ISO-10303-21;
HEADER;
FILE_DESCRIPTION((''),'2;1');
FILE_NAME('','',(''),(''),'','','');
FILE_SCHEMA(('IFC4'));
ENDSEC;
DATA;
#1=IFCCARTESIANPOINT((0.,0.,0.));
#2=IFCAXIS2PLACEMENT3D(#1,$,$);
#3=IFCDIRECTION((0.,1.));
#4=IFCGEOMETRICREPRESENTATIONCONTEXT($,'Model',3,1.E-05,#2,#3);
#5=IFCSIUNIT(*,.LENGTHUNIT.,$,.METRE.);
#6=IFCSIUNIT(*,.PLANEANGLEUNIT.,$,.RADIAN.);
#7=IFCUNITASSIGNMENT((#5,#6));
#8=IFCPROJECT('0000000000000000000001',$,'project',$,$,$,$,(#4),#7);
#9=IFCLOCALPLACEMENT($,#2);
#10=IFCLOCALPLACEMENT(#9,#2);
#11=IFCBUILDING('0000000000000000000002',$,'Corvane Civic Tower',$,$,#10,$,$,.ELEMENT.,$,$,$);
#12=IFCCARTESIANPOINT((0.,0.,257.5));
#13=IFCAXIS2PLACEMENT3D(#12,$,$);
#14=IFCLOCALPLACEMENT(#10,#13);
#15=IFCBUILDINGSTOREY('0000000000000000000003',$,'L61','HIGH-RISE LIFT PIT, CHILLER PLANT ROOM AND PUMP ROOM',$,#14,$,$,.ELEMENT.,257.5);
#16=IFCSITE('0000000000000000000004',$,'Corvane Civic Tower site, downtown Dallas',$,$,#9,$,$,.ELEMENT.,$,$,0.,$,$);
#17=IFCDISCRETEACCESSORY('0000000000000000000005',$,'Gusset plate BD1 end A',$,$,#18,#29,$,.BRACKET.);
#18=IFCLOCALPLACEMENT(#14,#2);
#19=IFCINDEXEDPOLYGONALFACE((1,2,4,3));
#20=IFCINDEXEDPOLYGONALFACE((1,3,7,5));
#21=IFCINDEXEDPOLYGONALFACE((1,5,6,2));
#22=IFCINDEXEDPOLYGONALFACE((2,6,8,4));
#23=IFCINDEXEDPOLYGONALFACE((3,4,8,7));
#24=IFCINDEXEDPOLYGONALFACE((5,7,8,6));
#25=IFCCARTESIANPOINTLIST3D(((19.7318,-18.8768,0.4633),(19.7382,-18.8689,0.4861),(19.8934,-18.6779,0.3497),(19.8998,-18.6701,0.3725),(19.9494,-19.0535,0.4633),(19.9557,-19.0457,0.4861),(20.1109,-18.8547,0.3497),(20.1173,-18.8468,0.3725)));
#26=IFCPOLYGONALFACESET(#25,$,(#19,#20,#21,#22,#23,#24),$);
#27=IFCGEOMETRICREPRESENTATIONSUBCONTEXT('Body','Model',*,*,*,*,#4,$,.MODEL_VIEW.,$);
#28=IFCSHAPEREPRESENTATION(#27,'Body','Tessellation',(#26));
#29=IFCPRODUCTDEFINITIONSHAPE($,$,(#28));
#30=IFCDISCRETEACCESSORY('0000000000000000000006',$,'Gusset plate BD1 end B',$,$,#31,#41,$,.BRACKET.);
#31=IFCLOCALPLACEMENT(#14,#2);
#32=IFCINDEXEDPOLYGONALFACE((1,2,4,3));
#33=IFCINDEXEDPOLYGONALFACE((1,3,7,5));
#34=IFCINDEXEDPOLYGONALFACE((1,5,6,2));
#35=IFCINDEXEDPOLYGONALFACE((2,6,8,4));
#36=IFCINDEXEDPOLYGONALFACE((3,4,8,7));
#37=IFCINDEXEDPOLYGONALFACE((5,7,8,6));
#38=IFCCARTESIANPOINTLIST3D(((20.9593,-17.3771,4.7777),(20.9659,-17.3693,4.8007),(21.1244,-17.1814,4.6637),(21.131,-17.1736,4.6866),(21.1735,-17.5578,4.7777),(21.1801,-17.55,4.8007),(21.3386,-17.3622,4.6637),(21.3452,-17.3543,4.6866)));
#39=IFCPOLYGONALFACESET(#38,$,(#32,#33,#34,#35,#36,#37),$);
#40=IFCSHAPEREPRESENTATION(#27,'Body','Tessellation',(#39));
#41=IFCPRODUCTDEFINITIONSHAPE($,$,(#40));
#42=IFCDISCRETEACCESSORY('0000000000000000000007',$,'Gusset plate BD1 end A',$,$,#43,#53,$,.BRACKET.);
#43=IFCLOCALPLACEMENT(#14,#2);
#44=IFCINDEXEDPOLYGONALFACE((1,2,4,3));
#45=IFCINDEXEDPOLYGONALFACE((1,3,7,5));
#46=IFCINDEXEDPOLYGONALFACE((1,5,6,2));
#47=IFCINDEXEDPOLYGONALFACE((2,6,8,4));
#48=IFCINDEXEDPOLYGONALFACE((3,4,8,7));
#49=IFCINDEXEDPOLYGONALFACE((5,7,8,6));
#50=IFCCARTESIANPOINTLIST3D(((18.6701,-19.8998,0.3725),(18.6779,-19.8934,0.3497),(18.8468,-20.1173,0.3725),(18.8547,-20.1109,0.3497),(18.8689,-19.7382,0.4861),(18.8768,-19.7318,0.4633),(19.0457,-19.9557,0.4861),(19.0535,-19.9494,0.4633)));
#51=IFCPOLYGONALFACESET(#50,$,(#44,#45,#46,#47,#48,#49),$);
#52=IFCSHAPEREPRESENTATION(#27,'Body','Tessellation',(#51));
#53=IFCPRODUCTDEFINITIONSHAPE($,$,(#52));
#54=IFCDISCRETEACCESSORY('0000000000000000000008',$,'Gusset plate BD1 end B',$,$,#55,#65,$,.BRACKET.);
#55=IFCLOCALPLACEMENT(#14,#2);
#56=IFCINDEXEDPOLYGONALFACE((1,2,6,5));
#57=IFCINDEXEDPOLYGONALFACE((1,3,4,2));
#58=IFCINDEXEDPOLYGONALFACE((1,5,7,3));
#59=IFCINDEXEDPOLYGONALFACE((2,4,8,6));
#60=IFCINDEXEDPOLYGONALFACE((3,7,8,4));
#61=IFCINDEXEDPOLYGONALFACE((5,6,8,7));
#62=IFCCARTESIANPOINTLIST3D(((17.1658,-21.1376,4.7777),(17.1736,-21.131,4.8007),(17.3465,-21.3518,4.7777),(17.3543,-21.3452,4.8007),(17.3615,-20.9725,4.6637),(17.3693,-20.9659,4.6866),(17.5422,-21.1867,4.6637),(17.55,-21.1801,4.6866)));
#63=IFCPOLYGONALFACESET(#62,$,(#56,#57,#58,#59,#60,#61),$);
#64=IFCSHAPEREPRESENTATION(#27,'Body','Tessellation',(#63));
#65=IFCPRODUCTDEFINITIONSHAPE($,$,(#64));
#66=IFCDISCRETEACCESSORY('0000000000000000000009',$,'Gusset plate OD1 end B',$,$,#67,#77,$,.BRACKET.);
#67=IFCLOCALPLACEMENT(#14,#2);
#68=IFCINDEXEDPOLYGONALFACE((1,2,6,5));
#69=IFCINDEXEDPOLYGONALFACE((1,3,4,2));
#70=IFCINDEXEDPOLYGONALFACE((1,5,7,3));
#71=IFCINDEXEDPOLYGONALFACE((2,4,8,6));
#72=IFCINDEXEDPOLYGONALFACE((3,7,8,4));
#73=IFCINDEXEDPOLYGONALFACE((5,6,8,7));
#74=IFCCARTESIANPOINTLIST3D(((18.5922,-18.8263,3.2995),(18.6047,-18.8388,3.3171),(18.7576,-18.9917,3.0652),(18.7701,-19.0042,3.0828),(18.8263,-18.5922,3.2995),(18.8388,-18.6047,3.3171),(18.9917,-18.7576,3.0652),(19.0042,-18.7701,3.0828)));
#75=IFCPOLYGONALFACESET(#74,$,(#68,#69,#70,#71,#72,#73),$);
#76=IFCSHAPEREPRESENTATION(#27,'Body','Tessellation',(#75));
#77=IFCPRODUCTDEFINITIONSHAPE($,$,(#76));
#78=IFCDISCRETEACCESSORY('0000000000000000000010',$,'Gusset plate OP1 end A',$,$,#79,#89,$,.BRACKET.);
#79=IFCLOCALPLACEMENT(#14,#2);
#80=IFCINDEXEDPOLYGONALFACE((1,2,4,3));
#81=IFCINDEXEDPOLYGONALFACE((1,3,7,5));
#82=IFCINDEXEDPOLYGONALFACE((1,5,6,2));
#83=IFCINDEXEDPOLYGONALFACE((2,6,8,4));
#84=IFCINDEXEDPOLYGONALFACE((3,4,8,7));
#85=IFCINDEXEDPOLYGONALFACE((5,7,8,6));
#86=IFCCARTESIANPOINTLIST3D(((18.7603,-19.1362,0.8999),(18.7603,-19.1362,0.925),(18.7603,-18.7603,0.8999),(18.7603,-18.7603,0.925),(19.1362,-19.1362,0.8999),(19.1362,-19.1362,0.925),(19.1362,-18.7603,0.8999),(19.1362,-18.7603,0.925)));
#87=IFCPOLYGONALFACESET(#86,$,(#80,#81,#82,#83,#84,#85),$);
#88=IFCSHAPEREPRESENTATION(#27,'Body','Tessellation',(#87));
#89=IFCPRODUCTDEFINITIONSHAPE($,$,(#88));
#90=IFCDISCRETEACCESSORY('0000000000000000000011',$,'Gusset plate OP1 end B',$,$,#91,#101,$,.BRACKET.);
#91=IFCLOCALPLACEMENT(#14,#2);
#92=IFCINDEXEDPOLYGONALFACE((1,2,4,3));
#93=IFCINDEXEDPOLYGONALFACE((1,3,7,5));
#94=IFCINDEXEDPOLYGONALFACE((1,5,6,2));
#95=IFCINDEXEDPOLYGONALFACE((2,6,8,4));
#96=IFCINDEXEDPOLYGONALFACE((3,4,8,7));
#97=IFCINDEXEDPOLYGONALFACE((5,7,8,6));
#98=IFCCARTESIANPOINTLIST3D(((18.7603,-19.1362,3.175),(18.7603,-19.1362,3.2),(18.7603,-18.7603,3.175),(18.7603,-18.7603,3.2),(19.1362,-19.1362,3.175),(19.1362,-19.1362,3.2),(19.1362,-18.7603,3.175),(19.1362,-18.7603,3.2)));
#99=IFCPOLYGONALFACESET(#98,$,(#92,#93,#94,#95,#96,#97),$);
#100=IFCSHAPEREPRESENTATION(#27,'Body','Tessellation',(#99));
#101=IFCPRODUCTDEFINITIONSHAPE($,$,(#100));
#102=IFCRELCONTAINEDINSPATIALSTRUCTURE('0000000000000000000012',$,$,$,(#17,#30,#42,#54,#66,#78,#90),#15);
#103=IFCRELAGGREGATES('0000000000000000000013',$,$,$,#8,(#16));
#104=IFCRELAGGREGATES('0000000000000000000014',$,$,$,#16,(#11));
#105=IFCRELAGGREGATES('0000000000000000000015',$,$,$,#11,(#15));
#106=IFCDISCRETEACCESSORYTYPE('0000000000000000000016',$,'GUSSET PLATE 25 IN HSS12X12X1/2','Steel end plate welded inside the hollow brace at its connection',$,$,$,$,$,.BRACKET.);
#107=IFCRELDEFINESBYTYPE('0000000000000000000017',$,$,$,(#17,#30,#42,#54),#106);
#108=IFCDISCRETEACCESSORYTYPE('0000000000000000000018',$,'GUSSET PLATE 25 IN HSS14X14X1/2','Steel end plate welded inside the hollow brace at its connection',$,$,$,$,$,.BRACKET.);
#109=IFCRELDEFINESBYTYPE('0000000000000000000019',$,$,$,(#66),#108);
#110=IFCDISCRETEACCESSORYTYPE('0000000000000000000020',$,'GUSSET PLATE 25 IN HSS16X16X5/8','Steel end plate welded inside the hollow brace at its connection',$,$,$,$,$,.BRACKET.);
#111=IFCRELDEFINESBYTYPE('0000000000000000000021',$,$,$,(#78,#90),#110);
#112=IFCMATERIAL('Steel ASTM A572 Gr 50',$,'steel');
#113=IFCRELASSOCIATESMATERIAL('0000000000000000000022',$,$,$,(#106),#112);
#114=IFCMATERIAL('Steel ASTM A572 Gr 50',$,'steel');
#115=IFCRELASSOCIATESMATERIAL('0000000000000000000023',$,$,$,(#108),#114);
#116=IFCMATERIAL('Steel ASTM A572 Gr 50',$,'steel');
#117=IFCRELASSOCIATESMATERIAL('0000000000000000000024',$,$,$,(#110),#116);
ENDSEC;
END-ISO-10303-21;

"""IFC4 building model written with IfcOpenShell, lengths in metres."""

from ifc_helpers import new_model, si_unit, direction, frame, origin, origin_2d, place, context, subcontext, project, spatial, rectangle, extrude, material, material_profile, profile_set, type_object, element, save


model = new_model("IFC4")

# Units and contexts
model_context = context("Model", 3, precision=1e-05, world=origin(), true_north=direction((0.0, 1.0)))
body_context = subcontext(model_context, "Body", "Model", "MODEL_VIEW")
ifc_project = project(units=[si_unit("LENGTHUNIT", "METRE"), si_unit("PLANEANGLEUNIT", "RADIAN")], contexts=[model_context])

# Site, building, storey
site_placement = place(None, origin())
site = spatial("IfcSite", under=ifc_project, at=site_placement, Name="Corvane Civic Tower site, downtown Dallas", CompositionType="ELEMENT", RefElevation=0.0)
building_placement = place(site_placement, origin())
building = spatial("IfcBuilding", under=site, at=building_placement, Name="Corvane Civic Tower", CompositionType="ELEMENT")
storey_placement = place(building_placement, frame((0.0, 0.0, 257.5)))
storey = spatial("IfcBuildingStorey", under=building, at=storey_placement, Name="L61", Description="HIGH-RISE LIFT PIT, CHILLER PLANT ROOM AND PUMP ROOM", CompositionType="ELEMENT", Elevation=257.5)

# Discrete accessories
ifc_material_1 = material(Name="Steel ASTM A572 Gr 50", Category="steel")
ifc_material_profile_1 = material_profile(ifc_material_1, rectangle(XDim=0.2803, YDim=0.2803, at=origin_2d()), Name="GUSSET PLATE 25 IN HSS12X12X1/2")
ifc_profile_set_1 = profile_set([ifc_material_profile_1], Name="Steel ASTM A572 Gr 50")
discrete_accessory_type_1 = type_object("IfcDiscreteAccessoryType", Name="GUSSET PLATE 25 IN HSS12X12X1/2", Description="Steel end plate welded inside the hollow brace at its connection", PredefinedType="BRACKET", material=ifc_profile_set_1)
discrete_accessory_1_placement = place(storey_placement, frame((19.9214, -18.8657, 0.4065), z_axis=(0.255578, 0.314558, 0.914184), x_axis=(-0.776114, 0.630593, 0.0)))
element("IfcDiscreteAccessory", 1, at=discrete_accessory_1_placement, inside=storey, type_object=discrete_accessory_type_1, Name="Gusset plate BD1 end A", PredefinedType="BRACKET", context=body_context, shape_type="SweptSolid", body=[
    extrude(rectangle(XDim=0.2803, YDim=0.2803, at=origin_2d()), origin(), (0.0, 0.0, 1.0), 0.0249),
])
discrete_accessory_2_placement = place(storey_placement, frame((21.1555, -17.3618, 4.7437), z_axis=(-0.262383, -0.310973, -0.913483), x_axis=(0.764291, -0.644871, 0.0)))
element("IfcDiscreteAccessory", 2, at=discrete_accessory_2_placement, inside=storey, type_object=discrete_accessory_type_1, Name="Gusset plate BD1 end B", PredefinedType="BRACKET", context=body_context, shape_type="SweptSolid", body=[
    extrude(rectangle(XDim=0.2803, YDim=0.2803, at=origin_2d()), origin(), (0.0, 0.0, 1.0), 0.0251),
])
discrete_accessory_3_placement = place(storey_placement, frame((18.8657, -19.9214, 0.4065), z_axis=(-0.314558, -0.255578, 0.914184), x_axis=(0.630593, -0.776114, 0.0)))
element("IfcDiscreteAccessory", 3, at=discrete_accessory_3_placement, inside=storey, type_object=discrete_accessory_type_1, Name="Gusset plate BD1 end A", PredefinedType="BRACKET", context=body_context, shape_type="SweptSolid", body=[
    extrude(rectangle(XDim=0.2803, YDim=0.2803, at=origin_2d()), origin(), (0.0, 0.0, 1.0), 0.0249),
])
discrete_accessory_4_placement = place(storey_placement, frame((17.3618, -21.1555, 4.7437), z_axis=(-0.310973, -0.262383, -0.913483), x_axis=(0.644871, -0.764291, 0.0)))
element("IfcDiscreteAccessory", 4, at=discrete_accessory_4_placement, inside=storey, type_object=discrete_accessory_type_1, Name="Gusset plate BD1 end B", PredefinedType="BRACKET", context=body_context, shape_type="SweptSolid", body=[
    extrude(rectangle(XDim=0.2803, YDim=0.2803, at=origin_2d()), origin(), (0.0, 0.0, 1.0), 0.0251),
])
ifc_material_2 = material(Name="Steel ASTM A572 Gr 50", Category="steel")
ifc_material_profile_2 = material_profile(ifc_material_2, rectangle(XDim=0.3311, YDim=0.3311, at=origin_2d()), Name="GUSSET PLATE 25 IN HSS14X14X1/2")
ifc_profile_set_2 = profile_set([ifc_material_profile_2], Name="Steel ASTM A572 Gr 50")
discrete_accessory_type_2 = type_object("IfcDiscreteAccessoryType", Name="GUSSET PLATE 25 IN HSS14X14X1/2", Description="Steel end plate welded inside the hollow brace at its connection", PredefinedType="BRACKET", material=ifc_profile_set_2)
discrete_accessory_5_placement = place(storey_placement, frame((18.8044, -18.8044, 3.2), z_axis=(-0.500433, 0.500433, -0.706494), x_axis=(-0.707107, -0.707107, 0.0)))
element("IfcDiscreteAccessory", 5, at=discrete_accessory_5_placement, inside=storey, type_object=discrete_accessory_type_2, Name="Gusset plate OD1 end B", PredefinedType="BRACKET", context=body_context, shape_type="SweptSolid", body=[
    extrude(rectangle(XDim=0.3311, YDim=0.3311, at=origin_2d()), origin(), (0.0, 0.0, 1.0), 0.0249),
])
ifc_material_3 = material(Name="Steel ASTM A572 Gr 50", Category="steel")
ifc_material_profile_3 = material_profile(ifc_material_3, rectangle(XDim=0.376, YDim=0.376, at=origin_2d()), Name="GUSSET PLATE 25 IN HSS16X16X5/8")
ifc_profile_set_3 = profile_set([ifc_material_profile_3], Name="Steel ASTM A572 Gr 50")
discrete_accessory_type_3 = type_object("IfcDiscreteAccessoryType", Name="GUSSET PLATE 25 IN HSS16X16X5/8", Description="Steel end plate welded inside the hollow brace at its connection", PredefinedType="BRACKET", material=ifc_profile_set_3)
discrete_accessory_6_placement = place(storey_placement, frame((18.9482, -18.9482, 0.8999), z_axis=(0.0, 0.0, 1.0), x_axis=(1.0, 0.0, 0.0)))
element("IfcDiscreteAccessory", 6, at=discrete_accessory_6_placement, inside=storey, type_object=discrete_accessory_type_3, Name="Gusset plate OP1 end A", PredefinedType="BRACKET", context=body_context, shape_type="SweptSolid", body=[
    extrude(rectangle(XDim=0.376, YDim=0.376, at=origin_2d()), origin(), (0.0, 0.0, 1.0), 0.0251),
])
discrete_accessory_7_placement = place(storey_placement, frame((18.9482, -18.9482, 3.2), z_axis=(0.0, 0.0, -1.0), x_axis=(1.0, 0.0, 0.0)))
element("IfcDiscreteAccessory", 7, at=discrete_accessory_7_placement, inside=storey, type_object=discrete_accessory_type_3, Name="Gusset plate OP1 end B", PredefinedType="BRACKET", context=body_context, shape_type="SweptSolid", body=[
    extrude(rectangle(XDim=0.376, YDim=0.376, at=origin_2d()), origin(), (0.0, 0.0, 1.0), 0.0249),
])

save(model, "model.ifc")
